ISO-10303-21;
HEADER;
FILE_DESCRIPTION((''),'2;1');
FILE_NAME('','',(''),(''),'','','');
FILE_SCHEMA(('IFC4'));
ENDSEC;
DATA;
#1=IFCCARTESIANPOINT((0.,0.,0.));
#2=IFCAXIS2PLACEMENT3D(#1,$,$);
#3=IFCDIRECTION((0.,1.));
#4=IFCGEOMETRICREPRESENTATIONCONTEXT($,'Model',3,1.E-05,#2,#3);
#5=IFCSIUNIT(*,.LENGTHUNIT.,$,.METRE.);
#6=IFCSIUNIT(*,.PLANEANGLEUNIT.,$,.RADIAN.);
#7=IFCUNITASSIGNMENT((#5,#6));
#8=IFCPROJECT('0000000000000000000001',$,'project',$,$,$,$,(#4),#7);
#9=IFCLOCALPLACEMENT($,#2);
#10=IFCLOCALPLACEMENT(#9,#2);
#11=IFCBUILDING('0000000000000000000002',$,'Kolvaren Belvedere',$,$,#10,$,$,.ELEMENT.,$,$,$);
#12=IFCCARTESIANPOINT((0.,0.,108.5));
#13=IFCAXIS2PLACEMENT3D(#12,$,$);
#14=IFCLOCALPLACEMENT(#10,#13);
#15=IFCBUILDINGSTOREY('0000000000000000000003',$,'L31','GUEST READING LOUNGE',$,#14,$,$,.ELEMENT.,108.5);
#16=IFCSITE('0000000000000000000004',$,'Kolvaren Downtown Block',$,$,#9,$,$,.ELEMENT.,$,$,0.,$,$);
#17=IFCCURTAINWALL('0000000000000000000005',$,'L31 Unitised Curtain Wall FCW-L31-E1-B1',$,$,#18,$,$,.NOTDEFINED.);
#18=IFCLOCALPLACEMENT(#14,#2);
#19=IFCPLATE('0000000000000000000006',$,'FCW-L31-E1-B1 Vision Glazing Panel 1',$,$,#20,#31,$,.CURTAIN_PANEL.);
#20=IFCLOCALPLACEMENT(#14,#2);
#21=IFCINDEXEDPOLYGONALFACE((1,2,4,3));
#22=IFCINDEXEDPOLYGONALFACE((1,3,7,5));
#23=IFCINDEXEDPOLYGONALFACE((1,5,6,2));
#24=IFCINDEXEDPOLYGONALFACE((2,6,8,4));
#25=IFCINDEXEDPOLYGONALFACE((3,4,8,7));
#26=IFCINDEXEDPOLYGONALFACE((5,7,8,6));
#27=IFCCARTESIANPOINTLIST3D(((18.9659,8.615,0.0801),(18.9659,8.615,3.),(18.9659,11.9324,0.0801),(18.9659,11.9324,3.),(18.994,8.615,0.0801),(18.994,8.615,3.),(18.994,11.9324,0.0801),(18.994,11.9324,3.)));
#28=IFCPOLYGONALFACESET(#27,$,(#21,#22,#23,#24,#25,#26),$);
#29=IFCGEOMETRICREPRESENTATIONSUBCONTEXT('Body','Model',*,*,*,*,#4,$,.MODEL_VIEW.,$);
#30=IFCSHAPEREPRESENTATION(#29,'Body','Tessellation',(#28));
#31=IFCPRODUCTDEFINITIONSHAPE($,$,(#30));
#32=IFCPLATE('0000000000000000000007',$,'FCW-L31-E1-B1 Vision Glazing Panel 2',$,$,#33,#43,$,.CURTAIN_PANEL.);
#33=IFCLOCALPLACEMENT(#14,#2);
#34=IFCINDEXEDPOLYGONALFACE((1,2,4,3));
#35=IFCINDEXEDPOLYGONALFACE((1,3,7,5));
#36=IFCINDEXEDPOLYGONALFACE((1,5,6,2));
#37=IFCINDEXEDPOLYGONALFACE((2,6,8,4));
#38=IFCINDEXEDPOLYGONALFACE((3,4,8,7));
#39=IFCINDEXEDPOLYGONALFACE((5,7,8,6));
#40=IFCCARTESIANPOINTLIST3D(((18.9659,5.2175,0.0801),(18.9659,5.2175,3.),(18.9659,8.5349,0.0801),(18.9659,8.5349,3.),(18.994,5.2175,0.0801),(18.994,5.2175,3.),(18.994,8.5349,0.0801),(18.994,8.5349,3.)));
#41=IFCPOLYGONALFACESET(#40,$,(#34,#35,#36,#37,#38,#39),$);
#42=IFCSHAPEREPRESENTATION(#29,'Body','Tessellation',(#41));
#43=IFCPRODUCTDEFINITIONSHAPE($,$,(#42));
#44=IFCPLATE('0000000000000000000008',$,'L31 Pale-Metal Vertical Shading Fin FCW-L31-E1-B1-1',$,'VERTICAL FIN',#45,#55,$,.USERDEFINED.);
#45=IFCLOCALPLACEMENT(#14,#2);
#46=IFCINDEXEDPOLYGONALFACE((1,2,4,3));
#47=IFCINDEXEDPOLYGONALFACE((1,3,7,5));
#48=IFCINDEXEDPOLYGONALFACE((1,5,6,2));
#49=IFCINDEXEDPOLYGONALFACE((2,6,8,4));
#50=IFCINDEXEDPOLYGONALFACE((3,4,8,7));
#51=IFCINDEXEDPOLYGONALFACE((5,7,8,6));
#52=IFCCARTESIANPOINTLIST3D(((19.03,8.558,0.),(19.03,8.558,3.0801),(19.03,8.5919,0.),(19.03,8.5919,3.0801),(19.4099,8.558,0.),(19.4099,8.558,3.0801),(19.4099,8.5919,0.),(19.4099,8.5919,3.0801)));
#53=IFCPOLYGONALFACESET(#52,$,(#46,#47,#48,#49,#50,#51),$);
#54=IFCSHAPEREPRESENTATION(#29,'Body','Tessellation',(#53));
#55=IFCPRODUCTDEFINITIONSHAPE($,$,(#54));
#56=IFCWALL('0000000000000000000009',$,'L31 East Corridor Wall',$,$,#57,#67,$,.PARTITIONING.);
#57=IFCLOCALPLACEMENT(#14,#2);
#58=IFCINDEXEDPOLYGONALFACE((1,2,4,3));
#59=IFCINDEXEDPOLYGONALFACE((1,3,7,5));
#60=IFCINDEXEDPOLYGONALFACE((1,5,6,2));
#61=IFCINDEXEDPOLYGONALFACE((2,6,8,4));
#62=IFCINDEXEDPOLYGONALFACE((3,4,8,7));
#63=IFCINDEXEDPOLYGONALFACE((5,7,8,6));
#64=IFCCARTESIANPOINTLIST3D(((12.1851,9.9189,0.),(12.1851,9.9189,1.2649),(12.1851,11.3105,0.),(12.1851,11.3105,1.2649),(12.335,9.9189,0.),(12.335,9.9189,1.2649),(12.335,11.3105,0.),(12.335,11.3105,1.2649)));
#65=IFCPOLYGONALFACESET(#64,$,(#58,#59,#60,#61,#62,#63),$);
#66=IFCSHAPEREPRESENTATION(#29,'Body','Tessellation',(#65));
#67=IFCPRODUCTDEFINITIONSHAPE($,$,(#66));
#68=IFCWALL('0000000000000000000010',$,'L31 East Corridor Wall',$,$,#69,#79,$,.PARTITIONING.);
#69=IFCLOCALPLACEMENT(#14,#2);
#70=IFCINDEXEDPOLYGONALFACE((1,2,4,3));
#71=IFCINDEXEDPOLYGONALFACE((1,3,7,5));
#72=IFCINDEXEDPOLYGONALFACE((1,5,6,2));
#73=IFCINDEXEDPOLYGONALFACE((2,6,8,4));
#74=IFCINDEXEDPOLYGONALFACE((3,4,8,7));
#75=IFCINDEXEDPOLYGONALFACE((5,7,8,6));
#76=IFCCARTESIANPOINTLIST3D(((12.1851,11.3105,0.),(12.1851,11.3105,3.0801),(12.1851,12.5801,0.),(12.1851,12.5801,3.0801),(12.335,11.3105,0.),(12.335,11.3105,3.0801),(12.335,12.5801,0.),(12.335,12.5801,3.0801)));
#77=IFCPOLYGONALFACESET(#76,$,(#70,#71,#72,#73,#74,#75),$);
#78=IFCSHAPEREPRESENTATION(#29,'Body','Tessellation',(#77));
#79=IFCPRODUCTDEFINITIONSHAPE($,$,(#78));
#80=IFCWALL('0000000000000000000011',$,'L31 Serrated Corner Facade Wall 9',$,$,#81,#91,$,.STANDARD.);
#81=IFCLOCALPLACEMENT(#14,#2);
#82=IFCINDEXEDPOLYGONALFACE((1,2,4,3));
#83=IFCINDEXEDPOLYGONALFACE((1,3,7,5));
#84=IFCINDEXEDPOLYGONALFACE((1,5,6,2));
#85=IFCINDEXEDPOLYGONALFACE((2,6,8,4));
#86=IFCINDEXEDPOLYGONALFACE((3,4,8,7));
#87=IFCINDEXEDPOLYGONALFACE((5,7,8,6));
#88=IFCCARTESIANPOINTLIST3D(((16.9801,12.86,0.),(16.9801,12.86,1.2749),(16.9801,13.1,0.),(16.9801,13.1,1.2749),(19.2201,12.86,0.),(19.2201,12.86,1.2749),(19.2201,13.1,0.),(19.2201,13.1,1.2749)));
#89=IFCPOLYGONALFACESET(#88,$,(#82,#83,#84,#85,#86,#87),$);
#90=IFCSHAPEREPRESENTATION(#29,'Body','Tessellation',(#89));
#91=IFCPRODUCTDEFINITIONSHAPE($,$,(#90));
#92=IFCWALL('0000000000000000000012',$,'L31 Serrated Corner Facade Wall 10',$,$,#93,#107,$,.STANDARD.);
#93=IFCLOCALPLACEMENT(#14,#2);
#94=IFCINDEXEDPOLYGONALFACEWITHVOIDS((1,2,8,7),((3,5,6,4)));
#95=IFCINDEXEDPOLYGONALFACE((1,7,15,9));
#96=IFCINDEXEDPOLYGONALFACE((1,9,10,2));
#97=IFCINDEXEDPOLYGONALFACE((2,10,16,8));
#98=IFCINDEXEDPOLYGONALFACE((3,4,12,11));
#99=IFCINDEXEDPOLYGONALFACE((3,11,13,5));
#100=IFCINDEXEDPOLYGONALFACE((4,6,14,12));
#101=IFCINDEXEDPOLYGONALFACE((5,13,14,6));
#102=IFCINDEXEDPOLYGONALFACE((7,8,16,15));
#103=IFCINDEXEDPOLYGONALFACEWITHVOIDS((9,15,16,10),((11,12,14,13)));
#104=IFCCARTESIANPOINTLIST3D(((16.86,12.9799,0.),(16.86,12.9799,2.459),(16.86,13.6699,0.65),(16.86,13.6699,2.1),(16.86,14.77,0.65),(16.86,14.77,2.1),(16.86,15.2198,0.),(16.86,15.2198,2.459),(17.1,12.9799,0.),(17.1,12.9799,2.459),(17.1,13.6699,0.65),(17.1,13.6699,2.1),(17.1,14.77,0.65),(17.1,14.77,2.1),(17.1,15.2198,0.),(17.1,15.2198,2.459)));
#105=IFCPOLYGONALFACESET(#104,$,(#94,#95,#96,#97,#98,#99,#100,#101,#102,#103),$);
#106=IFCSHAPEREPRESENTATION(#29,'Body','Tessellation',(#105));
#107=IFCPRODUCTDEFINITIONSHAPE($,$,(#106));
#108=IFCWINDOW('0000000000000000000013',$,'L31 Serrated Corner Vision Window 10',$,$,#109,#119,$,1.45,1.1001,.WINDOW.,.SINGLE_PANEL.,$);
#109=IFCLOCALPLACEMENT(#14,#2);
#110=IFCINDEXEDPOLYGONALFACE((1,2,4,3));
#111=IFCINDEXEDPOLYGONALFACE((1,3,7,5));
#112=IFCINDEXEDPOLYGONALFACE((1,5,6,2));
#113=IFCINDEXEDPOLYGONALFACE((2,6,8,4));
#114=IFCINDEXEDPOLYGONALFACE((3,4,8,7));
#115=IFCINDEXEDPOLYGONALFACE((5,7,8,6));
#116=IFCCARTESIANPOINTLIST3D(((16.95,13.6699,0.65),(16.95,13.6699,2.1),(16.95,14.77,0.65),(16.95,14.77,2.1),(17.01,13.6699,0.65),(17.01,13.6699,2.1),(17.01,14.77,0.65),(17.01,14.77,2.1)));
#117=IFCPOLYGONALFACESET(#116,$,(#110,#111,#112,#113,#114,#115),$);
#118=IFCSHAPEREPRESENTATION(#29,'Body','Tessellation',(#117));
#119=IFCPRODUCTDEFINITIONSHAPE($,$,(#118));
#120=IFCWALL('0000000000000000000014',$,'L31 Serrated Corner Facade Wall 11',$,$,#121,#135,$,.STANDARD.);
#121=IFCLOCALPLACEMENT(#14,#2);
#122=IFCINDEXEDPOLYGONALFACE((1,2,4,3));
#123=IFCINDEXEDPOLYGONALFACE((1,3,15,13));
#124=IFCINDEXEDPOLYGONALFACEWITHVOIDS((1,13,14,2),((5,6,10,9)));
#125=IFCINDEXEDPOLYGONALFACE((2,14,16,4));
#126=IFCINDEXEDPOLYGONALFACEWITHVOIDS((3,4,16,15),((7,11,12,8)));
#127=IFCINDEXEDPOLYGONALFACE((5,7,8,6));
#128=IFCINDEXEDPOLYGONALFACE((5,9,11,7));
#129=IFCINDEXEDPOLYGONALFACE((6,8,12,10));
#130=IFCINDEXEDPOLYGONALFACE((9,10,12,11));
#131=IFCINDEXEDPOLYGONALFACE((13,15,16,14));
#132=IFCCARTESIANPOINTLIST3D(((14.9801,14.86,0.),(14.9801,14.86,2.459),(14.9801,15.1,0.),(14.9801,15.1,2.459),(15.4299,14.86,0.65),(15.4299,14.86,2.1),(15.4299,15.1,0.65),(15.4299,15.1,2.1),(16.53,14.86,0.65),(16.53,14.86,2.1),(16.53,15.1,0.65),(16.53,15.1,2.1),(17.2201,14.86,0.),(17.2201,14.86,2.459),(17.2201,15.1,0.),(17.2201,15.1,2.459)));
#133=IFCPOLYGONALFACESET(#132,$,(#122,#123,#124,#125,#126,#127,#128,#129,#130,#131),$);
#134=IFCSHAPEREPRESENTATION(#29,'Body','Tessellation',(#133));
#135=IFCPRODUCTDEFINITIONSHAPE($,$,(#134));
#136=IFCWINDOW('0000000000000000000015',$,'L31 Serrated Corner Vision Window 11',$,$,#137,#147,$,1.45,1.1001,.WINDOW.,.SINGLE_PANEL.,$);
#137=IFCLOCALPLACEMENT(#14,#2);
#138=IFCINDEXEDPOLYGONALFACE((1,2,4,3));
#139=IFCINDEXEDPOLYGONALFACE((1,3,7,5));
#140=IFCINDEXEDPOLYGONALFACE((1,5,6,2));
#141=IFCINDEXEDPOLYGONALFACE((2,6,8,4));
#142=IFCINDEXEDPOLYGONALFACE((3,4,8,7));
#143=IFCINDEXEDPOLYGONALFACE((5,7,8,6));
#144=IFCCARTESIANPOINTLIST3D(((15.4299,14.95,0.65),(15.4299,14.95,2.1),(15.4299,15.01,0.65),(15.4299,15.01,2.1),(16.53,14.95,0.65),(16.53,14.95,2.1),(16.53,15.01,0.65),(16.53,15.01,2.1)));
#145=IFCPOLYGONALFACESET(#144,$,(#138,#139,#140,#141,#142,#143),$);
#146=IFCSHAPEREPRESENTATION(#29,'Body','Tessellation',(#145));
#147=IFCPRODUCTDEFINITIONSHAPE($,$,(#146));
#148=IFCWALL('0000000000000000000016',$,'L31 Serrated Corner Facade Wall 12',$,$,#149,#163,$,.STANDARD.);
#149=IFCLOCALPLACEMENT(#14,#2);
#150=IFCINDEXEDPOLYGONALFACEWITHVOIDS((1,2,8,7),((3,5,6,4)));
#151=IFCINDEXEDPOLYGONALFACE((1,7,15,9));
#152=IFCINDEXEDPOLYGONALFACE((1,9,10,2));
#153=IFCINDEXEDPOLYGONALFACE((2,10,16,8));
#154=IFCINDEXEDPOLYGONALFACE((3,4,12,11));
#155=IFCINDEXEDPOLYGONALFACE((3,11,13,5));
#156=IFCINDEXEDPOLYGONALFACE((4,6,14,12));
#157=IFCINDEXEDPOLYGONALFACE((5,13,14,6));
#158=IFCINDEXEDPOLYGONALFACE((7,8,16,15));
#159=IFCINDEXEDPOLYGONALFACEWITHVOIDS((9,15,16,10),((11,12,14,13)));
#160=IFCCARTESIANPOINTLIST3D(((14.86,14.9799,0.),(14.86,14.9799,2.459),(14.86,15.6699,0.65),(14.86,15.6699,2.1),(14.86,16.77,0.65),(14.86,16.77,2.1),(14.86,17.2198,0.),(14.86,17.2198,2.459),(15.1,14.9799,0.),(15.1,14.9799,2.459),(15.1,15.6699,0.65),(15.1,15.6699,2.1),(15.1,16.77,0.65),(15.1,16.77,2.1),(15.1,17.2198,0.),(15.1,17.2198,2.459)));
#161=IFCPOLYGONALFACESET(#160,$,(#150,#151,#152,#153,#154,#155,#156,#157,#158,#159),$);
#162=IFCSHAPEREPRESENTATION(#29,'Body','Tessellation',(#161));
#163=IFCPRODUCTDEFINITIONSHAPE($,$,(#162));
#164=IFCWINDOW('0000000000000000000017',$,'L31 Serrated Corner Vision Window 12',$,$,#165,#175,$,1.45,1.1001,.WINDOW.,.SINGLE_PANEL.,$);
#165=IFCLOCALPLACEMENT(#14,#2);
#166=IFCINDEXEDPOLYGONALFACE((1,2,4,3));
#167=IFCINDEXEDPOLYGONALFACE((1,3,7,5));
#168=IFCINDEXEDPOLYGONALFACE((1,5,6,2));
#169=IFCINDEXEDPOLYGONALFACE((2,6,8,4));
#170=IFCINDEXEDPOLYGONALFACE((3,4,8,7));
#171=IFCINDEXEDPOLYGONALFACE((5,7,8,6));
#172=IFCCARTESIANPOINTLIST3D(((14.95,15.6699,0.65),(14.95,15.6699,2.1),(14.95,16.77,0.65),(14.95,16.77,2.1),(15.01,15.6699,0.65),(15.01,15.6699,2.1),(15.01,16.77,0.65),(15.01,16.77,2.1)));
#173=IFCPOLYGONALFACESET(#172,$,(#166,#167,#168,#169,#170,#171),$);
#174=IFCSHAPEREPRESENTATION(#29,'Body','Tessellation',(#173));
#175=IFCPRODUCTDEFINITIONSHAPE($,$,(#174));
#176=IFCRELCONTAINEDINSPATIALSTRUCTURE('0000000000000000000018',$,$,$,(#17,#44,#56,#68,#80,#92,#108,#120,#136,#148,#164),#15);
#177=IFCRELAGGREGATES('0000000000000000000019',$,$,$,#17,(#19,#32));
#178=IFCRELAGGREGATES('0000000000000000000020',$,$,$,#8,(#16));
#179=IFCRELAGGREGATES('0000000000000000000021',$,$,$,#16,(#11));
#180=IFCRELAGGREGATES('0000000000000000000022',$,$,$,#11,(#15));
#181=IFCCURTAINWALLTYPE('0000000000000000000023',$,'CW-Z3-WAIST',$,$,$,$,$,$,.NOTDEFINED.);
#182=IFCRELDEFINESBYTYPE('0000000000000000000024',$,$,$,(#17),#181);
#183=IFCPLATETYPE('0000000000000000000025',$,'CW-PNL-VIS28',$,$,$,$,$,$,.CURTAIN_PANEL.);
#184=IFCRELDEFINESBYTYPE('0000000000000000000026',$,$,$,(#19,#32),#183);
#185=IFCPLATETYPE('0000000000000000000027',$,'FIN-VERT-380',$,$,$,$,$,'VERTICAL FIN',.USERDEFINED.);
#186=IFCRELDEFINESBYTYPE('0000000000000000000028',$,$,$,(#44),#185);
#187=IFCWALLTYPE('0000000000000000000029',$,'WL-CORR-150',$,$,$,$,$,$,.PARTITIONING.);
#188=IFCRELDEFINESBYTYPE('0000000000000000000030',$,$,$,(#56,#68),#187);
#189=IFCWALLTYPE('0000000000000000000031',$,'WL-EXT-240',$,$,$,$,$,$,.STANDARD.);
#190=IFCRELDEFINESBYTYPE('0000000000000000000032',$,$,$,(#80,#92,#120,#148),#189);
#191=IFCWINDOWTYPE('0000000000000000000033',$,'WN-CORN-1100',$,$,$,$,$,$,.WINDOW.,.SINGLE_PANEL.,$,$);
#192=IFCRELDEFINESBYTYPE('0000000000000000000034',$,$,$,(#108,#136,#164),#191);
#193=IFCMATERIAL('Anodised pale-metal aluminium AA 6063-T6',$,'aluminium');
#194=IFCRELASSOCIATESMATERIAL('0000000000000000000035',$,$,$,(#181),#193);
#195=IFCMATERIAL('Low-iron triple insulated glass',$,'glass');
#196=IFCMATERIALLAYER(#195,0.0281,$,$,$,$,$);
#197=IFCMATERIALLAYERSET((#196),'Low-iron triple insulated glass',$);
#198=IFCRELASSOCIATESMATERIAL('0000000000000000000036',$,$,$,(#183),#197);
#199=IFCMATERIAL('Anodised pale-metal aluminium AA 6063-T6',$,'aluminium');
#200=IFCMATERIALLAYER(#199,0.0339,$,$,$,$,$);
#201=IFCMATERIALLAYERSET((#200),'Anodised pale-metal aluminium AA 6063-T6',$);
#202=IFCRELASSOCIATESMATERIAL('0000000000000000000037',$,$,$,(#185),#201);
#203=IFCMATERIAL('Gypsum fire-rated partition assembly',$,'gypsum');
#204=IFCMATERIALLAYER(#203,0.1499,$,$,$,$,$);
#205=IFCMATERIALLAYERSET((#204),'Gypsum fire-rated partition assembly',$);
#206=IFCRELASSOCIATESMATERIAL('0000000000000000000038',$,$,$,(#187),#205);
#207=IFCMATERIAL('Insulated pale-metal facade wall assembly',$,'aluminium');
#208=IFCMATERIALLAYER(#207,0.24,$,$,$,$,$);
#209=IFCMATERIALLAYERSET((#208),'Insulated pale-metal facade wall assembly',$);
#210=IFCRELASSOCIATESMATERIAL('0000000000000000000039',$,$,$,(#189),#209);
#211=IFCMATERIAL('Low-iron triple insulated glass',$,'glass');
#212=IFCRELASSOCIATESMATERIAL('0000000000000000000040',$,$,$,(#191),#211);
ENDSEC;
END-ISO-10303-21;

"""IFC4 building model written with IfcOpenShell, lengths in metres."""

from ifc_helpers import new_model, si_unit, direction, frame, frame_2d, origin, origin_2d, place, context, subcontext, project, spatial, rectangle, extrude, material, layer, layer_set, type_object, element, fill, aggregate, save


model = new_model("IFC4")

# Units and contexts
model_context = context("Model", 3, precision=1e-05, world=origin(), true_north=direction((0.0, 1.0)))
body_context = subcontext(model_context, "Body", "Model", "MODEL_VIEW")
ifc_project = project(units=[si_unit("LENGTHUNIT", "METRE"), si_unit("PLANEANGLEUNIT", "RADIAN")], contexts=[model_context])

# Site, building, storey
site_placement = place(None, origin())
site = spatial("IfcSite", under=ifc_project, at=site_placement, Name="Kolvaren Downtown Block", CompositionType="ELEMENT", RefElevation=0.0)
building_placement = place(site_placement, origin())
building = spatial("IfcBuilding", under=site, at=building_placement, Name="Kolvaren Belvedere", CompositionType="ELEMENT")
storey_placement = place(building_placement, frame((0.0, 0.0, 108.5)))
storey = spatial("IfcBuildingStorey", under=building, at=storey_placement, Name="L31", Description="GUEST READING LOUNGE", CompositionType="ELEMENT", Elevation=108.5)

# Curtain wall, plates
ifc_material_1 = material(Name="Anodised pale-metal aluminium AA 6063-T6", Category="aluminium")
curtain_wall_type = type_object("IfcCurtainWallType", Name="CW-Z3-WAIST", PredefinedType="NOTDEFINED", material=ifc_material_1)
curtain_wall_placement = place(storey_placement, origin())
curtain_wall = element("IfcCurtainWall", 1, at=curtain_wall_placement, inside=storey, type_object=curtain_wall_type, Name="L31 Unitised Curtain Wall FCW-L31-E1-B1", PredefinedType="NOTDEFINED")
ifc_material_2 = material(Name="Low-iron triple insulated glass", Category="glass")
ifc_layer_1 = layer(ifc_material_2, 0.0281)
ifc_layer_set_1 = layer_set([ifc_layer_1], Name="Low-iron triple insulated glass")
plate_type_1 = type_object("IfcPlateType", Name="CW-PNL-VIS28", PredefinedType="CURTAIN_PANEL", material=ifc_layer_set_1)
plate_1_placement = place(storey_placement, frame((18.98, 10.2737, 0.0801), z_axis=(0.0, 0.0, 1.0), x_axis=(0.0, -1.0, 0.0)))
plate_1 = element("IfcPlate", 2, at=plate_1_placement, type_object=plate_type_1, Name="FCW-L31-E1-B1 Vision Glazing Panel 1", PredefinedType="CURTAIN_PANEL", context=body_context, shape_type="SweptSolid", body=[
    extrude(rectangle(XDim=3.3174, YDim=0.0281, at=origin_2d()), origin(), (0.0, 0.0, 1.0), 2.9199),
])
plate_2_placement = place(storey_placement, frame((18.98, 6.8762, 0.0801), z_axis=(0.0, 0.0, 1.0), x_axis=(0.0, -1.0, 0.0)))
plate_2 = element("IfcPlate", 3, at=plate_2_placement, type_object=plate_type_1, Name="FCW-L31-E1-B1 Vision Glazing Panel 2", PredefinedType="CURTAIN_PANEL", context=body_context, shape_type="SweptSolid", body=[
    extrude(rectangle(XDim=3.3174, YDim=0.0281, at=origin_2d()), origin(), (0.0, 0.0, 1.0), 2.9199),
])
aggregate(curtain_wall, [plate_1, plate_2])

# Plate
ifc_material_3 = material(Name="Anodised pale-metal aluminium AA 6063-T6", Category="aluminium")
ifc_layer_2 = layer(ifc_material_3, 0.0339)
ifc_layer_set_2 = layer_set([ifc_layer_2], Name="Anodised pale-metal aluminium AA 6063-T6")
plate_type_2 = type_object("IfcPlateType", Name="FIN-VERT-380", ElementType="VERTICAL FIN", PredefinedType="USERDEFINED", material=ifc_layer_set_2)
plate_3_placement = place(storey_placement, frame((19.22, 8.575, 0.0), z_axis=(0.0, 0.0, 1.0), x_axis=(1.0, 0.0, 0.0)))
element("IfcPlate", 4, at=plate_3_placement, inside=storey, type_object=plate_type_2, Name="L31 Pale-Metal Vertical Shading Fin FCW-L31-E1-B1-1", ObjectType="VERTICAL FIN", PredefinedType="USERDEFINED", context=body_context, shape_type="SweptSolid", body=[
    extrude(rectangle(XDim=0.3799, YDim=0.0339, at=origin_2d()), origin(), (0.0, 0.0, 1.0), 3.0801),
])

# Walls
ifc_material_4 = material(Name="Gypsum fire-rated partition assembly", Category="gypsum")
ifc_layer_3 = layer(ifc_material_4, 0.1499)
ifc_layer_set_3 = layer_set([ifc_layer_3], Name="Gypsum fire-rated partition assembly")
wall_type_1 = type_object("IfcWallType", Name="WL-CORR-150", PredefinedType="PARTITIONING", material=ifc_layer_set_3)
wall_1_placement = place(storey_placement, frame((12.26, 9.9189, 0.0), z_axis=(0.0, 0.0, 1.0), x_axis=(0.0, 1.0, 0.0)))
element("IfcWall", 5, at=wall_1_placement, inside=storey, type_object=wall_type_1, Name="L31 East Corridor Wall", PredefinedType="PARTITIONING", context=body_context, shape_type="SweptSolid", body=[
    extrude(rectangle(XDim=1.3916, YDim=0.1499, at=frame_2d((0.6958, 0.0))), origin(), (0.0, 0.0, 1.0), 1.2649),
])
wall_2_placement = place(storey_placement, frame((12.26, 11.3105, 0.0), z_axis=(0.0, 0.0, 1.0), x_axis=(0.0, 1.0, 0.0)))
element("IfcWall", 6, at=wall_2_placement, inside=storey, type_object=wall_type_1, Name="L31 East Corridor Wall", PredefinedType="PARTITIONING", context=body_context, shape_type="SweptSolid", body=[
    extrude(rectangle(XDim=1.2695, YDim=0.1499, at=frame_2d((0.6348, 0.0))), origin(), (0.0, 0.0, 1.0), 3.0801),
])
ifc_material_5 = material(Name="Insulated pale-metal facade wall assembly", Category="aluminium")
ifc_layer_4 = layer(ifc_material_5, 0.24)
ifc_layer_set_4 = layer_set([ifc_layer_4], Name="Insulated pale-metal facade wall assembly")
wall_type_2 = type_object("IfcWallType", Name="WL-EXT-240", PredefinedType="STANDARD", material=ifc_layer_set_4)
wall_3_placement = place(storey_placement, frame((16.98, 12.98, 0.0), z_axis=(0.0, 0.0, 1.0), x_axis=(1.0, 0.0, 0.0)))
element("IfcWall", 7, at=wall_3_placement, inside=storey, type_object=wall_type_2, Name="L31 Serrated Corner Facade Wall 9", PredefinedType="STANDARD", context=body_context, shape_type="SweptSolid", body=[
    extrude(rectangle(XDim=2.24, YDim=0.24, at=frame_2d((1.1201, 0.0))), origin(), (0.0, 0.0, 1.0), 1.2749),
])

# Walls, openings, windows
wall_4_placement = place(storey_placement, frame((16.98, 15.22, 0.0), z_axis=(0.0, 0.0, 1.0), x_axis=(0.0, -1.0, 0.0)))
wall_4 = element("IfcWall", 8, at=wall_4_placement, inside=storey, type_object=wall_type_2, Name="L31 Serrated Corner Facade Wall 10", PredefinedType="STANDARD", context=body_context, shape_type="SweptSolid", body=[
    extrude(rectangle(XDim=2.24, YDim=0.24, at=frame_2d((1.1201, 0.0))), origin(), (0.0, 0.0, 1.0), 2.459),
])
opening_1_placement = place(wall_4_placement, frame((0.45, 0.0, 0.6499)))
opening_1 = element("IfcOpeningElement", 9, at=opening_1_placement, cuts=wall_4, PredefinedType="OPENING", context=body_context, shape_type="SweptSolid", body=[
    extrude(rectangle(XDim=1.1001, YDim=1.45, at=frame_2d((0.55, 0.7251))), frame((0.0, 0.1299, 0.0), z_axis=(0.0, -1.0, 0.0), x_axis=(1.0, 0.0, 0.0)), (0.0, 0.0, 1.0), 0.26),
])
ifc_material_6 = material(Name="Low-iron triple insulated glass", Category="glass")
window_type = type_object("IfcWindowType", Name="WN-CORN-1100", PartitioningType="SINGLE_PANEL", PredefinedType="WINDOW", material=ifc_material_6)
window_1_placement = place(opening_1_placement, origin())
window_1 = element("IfcWindow", 10, at=window_1_placement, inside=storey, type_object=window_type, Name="L31 Serrated Corner Vision Window 10", OverallHeight=1.45, OverallWidth=1.1001, PartitioningType="SINGLE_PANEL", PredefinedType="WINDOW", context=body_context, shape_type="SweptSolid", body=[
    extrude(rectangle(XDim=1.1001, YDim=1.45, at=frame_2d((0.55, 0.7251))), frame((0.0, 0.03, 0.0), z_axis=(0.0, -1.0, 0.0), x_axis=(1.0, 0.0, 0.0)), (0.0, 0.0, 1.0), 0.0601),
])
fill(opening_1, window_1)
wall_5_placement = place(storey_placement, frame((14.98, 14.98, 0.0), z_axis=(0.0, 0.0, 1.0), x_axis=(1.0, 0.0, 0.0)))
wall_5 = element("IfcWall", 11, at=wall_5_placement, inside=storey, type_object=wall_type_2, Name="L31 Serrated Corner Facade Wall 11", PredefinedType="STANDARD", context=body_context, shape_type="SweptSolid", body=[
    extrude(rectangle(XDim=2.24, YDim=0.24, at=frame_2d((1.1201, 0.0))), origin(), (0.0, 0.0, 1.0), 2.459),
])
opening_2_placement = place(wall_5_placement, frame((0.45, 0.0, 0.6499)))
opening_2 = element("IfcOpeningElement", 12, at=opening_2_placement, cuts=wall_5, PredefinedType="OPENING", context=body_context, shape_type="SweptSolid", body=[
    extrude(rectangle(XDim=1.1001, YDim=1.45, at=frame_2d((0.55, 0.7251))), frame((0.0, 0.1299, 0.0), z_axis=(0.0, -1.0, 0.0), x_axis=(1.0, 0.0, 0.0)), (0.0, 0.0, 1.0), 0.26),
])
window_2_placement = place(opening_2_placement, origin())
window_2 = element("IfcWindow", 13, at=window_2_placement, inside=storey, type_object=window_type, Name="L31 Serrated Corner Vision Window 11", OverallHeight=1.45, OverallWidth=1.1001, PartitioningType="SINGLE_PANEL", PredefinedType="WINDOW", context=body_context, shape_type="SweptSolid", body=[
    extrude(rectangle(XDim=1.1001, YDim=1.45, at=frame_2d((0.55, 0.7251))), frame((0.0, 0.03, 0.0), z_axis=(0.0, -1.0, 0.0), x_axis=(1.0, 0.0, 0.0)), (0.0, 0.0, 1.0), 0.0601),
])
fill(opening_2, window_2)
wall_6_placement = place(storey_placement, frame((14.98, 17.22, 0.0), z_axis=(0.0, 0.0, 1.0), x_axis=(0.0, -1.0, 0.0)))
wall_6 = element("IfcWall", 14, at=wall_6_placement, inside=storey, type_object=wall_type_2, Name="L31 Serrated Corner Facade Wall 12", PredefinedType="STANDARD", context=body_context, shape_type="SweptSolid", body=[
    extrude(rectangle(XDim=2.24, YDim=0.24, at=frame_2d((1.1201, 0.0))), origin(), (0.0, 0.0, 1.0), 2.459),
])
opening_3_placement = place(wall_6_placement, frame((0.45, 0.0, 0.6499)))
opening_3 = element("IfcOpeningElement", 15, at=opening_3_placement, cuts=wall_6, PredefinedType="OPENING", context=body_context, shape_type="SweptSolid", body=[
    extrude(rectangle(XDim=1.1001, YDim=1.45, at=frame_2d((0.55, 0.7251))), frame((0.0, 0.1299, 0.0), z_axis=(0.0, -1.0, 0.0), x_axis=(1.0, 0.0, 0.0)), (0.0, 0.0, 1.0), 0.26),
])
window_3_placement = place(opening_3_placement, origin())
window_3 = element("IfcWindow", 16, at=window_3_placement, inside=storey, type_object=window_type, Name="L31 Serrated Corner Vision Window 12", OverallHeight=1.45, OverallWidth=1.1001, PartitioningType="SINGLE_PANEL", PredefinedType="WINDOW", context=body_context, shape_type="SweptSolid", body=[
    extrude(rectangle(XDim=1.1001, YDim=1.45, at=frame_2d((0.55, 0.7251))), frame((0.0, 0.03, 0.0), z_axis=(0.0, -1.0, 0.0), x_axis=(1.0, 0.0, 0.0)), (0.0, 0.0, 1.0), 0.0601),
])
fill(opening_3, window_3)

save(model, "model.ifc")
